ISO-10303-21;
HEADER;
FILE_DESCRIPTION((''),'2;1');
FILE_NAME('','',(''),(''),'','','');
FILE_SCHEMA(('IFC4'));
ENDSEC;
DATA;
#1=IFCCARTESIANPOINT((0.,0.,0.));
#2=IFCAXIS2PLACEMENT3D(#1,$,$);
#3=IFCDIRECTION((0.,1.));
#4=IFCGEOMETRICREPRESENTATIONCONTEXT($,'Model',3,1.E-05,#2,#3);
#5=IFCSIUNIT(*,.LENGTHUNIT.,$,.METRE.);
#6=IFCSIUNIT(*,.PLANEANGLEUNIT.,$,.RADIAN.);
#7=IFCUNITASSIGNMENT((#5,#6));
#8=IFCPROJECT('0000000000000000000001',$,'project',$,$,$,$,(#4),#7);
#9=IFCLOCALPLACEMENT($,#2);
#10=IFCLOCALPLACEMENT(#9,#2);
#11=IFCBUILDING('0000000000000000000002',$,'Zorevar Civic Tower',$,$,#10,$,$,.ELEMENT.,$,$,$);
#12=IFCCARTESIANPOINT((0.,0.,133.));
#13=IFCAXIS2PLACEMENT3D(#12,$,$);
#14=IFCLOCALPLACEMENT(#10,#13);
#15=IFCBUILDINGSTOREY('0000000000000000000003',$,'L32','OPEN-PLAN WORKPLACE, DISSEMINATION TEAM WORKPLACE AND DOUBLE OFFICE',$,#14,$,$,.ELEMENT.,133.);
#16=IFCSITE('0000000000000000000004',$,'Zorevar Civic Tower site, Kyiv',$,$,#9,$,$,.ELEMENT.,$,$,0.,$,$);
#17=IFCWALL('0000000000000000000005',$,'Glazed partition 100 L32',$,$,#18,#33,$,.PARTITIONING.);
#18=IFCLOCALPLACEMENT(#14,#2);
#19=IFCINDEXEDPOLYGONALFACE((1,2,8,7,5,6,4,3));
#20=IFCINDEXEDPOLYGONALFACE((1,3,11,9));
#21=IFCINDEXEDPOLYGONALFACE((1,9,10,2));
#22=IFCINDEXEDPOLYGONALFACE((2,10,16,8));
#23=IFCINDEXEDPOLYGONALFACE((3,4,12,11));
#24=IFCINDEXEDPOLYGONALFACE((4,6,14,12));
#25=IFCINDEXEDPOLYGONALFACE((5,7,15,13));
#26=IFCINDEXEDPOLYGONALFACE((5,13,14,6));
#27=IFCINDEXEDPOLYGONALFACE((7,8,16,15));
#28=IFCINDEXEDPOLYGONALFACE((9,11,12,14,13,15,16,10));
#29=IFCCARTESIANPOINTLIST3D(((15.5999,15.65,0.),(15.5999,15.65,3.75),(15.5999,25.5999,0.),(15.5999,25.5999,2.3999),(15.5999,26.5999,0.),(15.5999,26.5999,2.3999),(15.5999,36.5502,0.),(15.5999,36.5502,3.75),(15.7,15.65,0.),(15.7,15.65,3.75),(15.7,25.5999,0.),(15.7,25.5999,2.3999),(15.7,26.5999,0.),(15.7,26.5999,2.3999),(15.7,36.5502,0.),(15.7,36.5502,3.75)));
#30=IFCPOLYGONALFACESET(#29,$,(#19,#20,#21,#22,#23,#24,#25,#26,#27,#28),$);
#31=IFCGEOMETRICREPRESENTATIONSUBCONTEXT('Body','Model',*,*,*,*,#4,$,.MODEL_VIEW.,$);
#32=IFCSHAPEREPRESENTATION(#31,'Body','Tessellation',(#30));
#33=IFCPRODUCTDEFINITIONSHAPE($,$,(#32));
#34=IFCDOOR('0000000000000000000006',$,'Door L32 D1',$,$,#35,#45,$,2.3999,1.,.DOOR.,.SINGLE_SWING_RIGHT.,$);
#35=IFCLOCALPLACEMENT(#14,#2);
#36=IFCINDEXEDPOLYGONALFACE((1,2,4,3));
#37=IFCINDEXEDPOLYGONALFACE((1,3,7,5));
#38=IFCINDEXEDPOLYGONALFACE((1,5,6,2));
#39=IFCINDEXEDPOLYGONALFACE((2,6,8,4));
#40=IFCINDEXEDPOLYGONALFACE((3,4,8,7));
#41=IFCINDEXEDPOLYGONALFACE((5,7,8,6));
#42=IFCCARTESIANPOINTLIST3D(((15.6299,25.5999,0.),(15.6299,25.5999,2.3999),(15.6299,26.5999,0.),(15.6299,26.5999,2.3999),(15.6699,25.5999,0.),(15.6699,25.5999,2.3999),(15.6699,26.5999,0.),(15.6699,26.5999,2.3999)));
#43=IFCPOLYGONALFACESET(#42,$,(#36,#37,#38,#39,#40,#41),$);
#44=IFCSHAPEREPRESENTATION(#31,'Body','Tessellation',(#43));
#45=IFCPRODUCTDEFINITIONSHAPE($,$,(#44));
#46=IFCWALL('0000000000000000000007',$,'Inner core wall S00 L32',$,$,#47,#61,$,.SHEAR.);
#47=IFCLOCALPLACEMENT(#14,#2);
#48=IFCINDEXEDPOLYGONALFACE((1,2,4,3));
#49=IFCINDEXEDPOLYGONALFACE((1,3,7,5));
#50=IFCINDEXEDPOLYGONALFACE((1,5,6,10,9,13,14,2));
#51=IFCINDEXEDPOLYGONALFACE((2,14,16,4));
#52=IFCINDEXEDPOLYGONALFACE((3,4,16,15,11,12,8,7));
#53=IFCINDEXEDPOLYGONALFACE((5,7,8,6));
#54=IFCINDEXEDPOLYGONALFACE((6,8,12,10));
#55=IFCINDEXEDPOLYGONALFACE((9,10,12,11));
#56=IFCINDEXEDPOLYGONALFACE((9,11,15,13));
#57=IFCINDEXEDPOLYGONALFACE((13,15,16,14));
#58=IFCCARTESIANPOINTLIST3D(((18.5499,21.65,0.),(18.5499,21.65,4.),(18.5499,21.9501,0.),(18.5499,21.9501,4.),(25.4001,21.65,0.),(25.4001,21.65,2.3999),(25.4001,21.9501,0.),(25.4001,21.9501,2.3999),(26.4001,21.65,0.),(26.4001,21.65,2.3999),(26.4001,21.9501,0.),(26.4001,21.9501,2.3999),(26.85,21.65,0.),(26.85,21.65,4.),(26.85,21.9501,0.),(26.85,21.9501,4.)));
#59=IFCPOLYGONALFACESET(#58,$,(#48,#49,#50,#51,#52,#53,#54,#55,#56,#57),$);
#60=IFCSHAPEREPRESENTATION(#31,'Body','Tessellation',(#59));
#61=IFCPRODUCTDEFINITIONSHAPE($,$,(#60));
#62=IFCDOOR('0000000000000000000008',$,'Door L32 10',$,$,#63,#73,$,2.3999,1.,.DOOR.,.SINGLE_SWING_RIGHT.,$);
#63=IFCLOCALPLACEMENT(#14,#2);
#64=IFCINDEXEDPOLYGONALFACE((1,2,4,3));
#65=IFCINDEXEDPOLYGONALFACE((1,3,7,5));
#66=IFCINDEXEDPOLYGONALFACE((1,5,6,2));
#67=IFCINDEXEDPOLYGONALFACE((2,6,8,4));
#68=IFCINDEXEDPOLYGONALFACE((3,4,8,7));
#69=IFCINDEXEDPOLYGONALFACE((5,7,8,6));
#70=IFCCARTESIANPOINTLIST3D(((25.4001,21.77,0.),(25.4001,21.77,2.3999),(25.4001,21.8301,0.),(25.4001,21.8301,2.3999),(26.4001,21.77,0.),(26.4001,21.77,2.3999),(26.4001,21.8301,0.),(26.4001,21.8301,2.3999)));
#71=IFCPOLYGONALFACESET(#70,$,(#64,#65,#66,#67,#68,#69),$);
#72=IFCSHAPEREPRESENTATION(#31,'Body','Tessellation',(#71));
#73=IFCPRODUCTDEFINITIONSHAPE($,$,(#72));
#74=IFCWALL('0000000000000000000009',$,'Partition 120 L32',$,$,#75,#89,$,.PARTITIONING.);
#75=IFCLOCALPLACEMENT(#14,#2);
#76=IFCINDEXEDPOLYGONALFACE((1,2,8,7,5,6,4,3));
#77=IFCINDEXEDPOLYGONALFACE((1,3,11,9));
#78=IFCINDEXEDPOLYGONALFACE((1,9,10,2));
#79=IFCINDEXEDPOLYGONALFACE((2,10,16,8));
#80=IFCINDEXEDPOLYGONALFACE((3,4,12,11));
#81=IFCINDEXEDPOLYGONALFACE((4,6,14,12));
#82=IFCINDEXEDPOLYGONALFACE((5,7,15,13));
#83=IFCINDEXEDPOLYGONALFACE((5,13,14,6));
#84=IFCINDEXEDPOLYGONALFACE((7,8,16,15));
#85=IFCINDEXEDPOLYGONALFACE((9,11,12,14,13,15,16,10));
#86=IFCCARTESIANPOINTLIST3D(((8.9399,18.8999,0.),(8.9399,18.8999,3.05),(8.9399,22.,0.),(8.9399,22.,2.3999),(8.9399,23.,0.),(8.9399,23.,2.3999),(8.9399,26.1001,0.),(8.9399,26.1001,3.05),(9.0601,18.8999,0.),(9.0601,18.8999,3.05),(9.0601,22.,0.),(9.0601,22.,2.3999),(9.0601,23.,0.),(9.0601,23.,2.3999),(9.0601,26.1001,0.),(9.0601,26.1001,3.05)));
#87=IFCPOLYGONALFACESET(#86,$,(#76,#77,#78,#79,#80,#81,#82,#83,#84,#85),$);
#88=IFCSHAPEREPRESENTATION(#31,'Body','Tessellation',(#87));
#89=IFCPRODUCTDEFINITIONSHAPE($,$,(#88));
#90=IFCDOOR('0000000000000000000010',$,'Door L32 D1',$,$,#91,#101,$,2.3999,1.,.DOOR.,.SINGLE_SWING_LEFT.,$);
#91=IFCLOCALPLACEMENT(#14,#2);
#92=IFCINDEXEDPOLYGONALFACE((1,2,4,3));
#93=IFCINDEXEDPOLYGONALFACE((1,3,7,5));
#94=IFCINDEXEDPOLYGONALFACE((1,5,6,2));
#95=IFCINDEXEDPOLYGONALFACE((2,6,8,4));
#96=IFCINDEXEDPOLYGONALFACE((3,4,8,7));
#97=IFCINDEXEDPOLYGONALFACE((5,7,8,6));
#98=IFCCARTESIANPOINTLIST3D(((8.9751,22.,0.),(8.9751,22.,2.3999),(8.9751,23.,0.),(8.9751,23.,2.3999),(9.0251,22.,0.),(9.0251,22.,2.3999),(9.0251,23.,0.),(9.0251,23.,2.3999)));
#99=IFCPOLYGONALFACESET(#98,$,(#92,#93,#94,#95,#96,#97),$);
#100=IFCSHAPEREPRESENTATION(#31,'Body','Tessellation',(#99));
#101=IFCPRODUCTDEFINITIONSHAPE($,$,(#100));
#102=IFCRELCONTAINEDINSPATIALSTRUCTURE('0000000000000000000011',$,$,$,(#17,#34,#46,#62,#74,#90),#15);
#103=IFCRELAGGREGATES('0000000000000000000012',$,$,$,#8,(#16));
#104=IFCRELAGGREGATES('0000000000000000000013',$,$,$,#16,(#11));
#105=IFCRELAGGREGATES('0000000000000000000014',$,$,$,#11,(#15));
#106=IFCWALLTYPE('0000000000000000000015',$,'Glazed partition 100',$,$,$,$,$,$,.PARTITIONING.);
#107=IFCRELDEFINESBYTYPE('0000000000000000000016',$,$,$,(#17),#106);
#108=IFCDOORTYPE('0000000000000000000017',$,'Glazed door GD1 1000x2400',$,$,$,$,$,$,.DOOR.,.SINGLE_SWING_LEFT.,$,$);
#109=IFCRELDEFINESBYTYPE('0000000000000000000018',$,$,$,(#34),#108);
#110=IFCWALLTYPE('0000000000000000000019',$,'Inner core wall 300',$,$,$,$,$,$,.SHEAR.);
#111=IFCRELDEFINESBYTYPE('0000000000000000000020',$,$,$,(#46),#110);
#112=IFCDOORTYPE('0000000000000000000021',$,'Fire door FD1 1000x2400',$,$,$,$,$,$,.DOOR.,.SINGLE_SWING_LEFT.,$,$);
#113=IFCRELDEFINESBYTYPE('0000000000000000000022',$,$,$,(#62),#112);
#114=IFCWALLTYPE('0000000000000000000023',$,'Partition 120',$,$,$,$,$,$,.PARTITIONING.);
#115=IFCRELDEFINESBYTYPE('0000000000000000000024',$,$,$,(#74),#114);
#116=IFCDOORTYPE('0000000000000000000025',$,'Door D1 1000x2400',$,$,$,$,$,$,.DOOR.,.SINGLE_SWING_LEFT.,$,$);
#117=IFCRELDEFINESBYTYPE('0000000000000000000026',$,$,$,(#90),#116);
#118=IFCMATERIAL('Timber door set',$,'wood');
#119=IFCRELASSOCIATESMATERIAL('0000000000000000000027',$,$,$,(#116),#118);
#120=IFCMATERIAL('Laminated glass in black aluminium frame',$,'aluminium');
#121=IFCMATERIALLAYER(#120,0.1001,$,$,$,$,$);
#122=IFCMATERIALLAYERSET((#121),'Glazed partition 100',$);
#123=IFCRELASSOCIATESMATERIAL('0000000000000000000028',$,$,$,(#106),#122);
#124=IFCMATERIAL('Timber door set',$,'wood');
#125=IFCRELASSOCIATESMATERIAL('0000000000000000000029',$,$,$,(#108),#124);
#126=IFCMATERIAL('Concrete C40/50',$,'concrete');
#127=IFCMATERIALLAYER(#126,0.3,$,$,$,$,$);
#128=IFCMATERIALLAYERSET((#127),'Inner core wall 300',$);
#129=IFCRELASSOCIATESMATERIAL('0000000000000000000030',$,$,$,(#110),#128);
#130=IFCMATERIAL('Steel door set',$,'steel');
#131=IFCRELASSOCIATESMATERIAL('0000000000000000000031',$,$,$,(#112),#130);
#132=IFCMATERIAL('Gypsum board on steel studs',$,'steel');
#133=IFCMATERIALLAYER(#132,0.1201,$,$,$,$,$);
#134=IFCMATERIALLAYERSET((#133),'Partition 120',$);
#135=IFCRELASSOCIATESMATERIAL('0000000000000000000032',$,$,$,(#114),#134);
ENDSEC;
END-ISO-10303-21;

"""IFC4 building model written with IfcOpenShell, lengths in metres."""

from ifc_helpers import new_model, si_unit, direction, frame, frame_2d, origin, place, context, subcontext, project, spatial, rectangle, extrude, material, layer, layer_set, type_object, element, fill, save


model = new_model("IFC4")

# Units and contexts
model_context = context("Model", 3, precision=1e-05, world=origin(), true_north=direction((0.0, 1.0)))
body_context = subcontext(model_context, "Body", "Model", "MODEL_VIEW")
ifc_project = project(units=[si_unit("LENGTHUNIT", "METRE"), si_unit("PLANEANGLEUNIT", "RADIAN")], contexts=[model_context])

# Site, building, storey
site_placement = place(None, origin())
site = spatial("IfcSite", under=ifc_project, at=site_placement, Name="Zorevar Civic Tower site, Kyiv", CompositionType="ELEMENT", RefElevation=0.0)
building_placement = place(site_placement, origin())
building = spatial("IfcBuilding", under=site, at=building_placement, Name="Zorevar Civic Tower", CompositionType="ELEMENT")
storey_placement = place(building_placement, frame((0.0, 0.0, 133.0)))
storey = spatial("IfcBuildingStorey", under=building, at=storey_placement, Name="L32", Description="OPEN-PLAN WORKPLACE, DISSEMINATION TEAM WORKPLACE AND DOUBLE OFFICE", CompositionType="ELEMENT", Elevation=133.0)

# Shared definitions
ifc_material_1 = material(Name="Timber door set", Category="wood")
door_type_1 = type_object("IfcDoorType", Name="Door D1 1000x2400", OperationType="SINGLE_SWING_LEFT", PredefinedType="DOOR", material=ifc_material_1)

# Shared definitions
ifc_material_2 = material(Name="Laminated glass in black aluminium frame", Category="aluminium")
ifc_layer_1 = layer(ifc_material_2, 0.1001)
ifc_layer_set_1 = layer_set([ifc_layer_1], Name="Glazed partition 100")
wall_type_1 = type_object("IfcWallType", Name="Glazed partition 100", PredefinedType="PARTITIONING", material=ifc_layer_set_1)

# Walls, openings, doors
wall_1_placement = place(storey_placement, frame((15.6499, 15.6499, 0.0), z_axis=(0.0, 0.0, 1.0), x_axis=(0.0, 1.0, 0.0)))
wall_1 = element("IfcWall", 1, at=wall_1_placement, inside=storey, type_object=wall_type_1, Name="Glazed partition 100 L32", PredefinedType="PARTITIONING", context=body_context, shape_type="SweptSolid", body=[
    extrude(rectangle(XDim=20.9001, YDim=0.1001, at=frame_2d((10.4502, 0.0))), origin(), (0.0, 0.0, 1.0), 3.75),
])
opening_1_placement = place(wall_1_placement, frame((9.95, 0.0, 0.0)))
opening_1 = element("IfcOpeningElement", 2, at=opening_1_placement, cuts=wall_1, PredefinedType="OPENING", context=body_context, shape_type="SweptSolid", body=[
    extrude(rectangle(XDim=1.0, YDim=2.3999, at=frame_2d((0.5, 1.2))), frame((0.0, 0.0601, 0.0), z_axis=(0.0, -1.0, 0.0), x_axis=(1.0, 0.0, 0.0)), (0.0, 0.0, 1.0), 0.1201),
])
ifc_material_3 = material(Name="Timber door set", Category="wood")
door_type_2 = type_object("IfcDoorType", Name="Glazed door GD1 1000x2400", OperationType="SINGLE_SWING_LEFT", PredefinedType="DOOR", material=ifc_material_3)
door_1_placement = place(opening_1_placement, origin())
door_1 = element("IfcDoor", 3, at=door_1_placement, inside=storey, type_object=door_type_2, Name="Door L32 D1", OperationType="SINGLE_SWING_RIGHT", OverallHeight=2.3999, OverallWidth=1.0, PredefinedType="DOOR", context=body_context, shape_type="SweptSolid", body=[
    extrude(rectangle(XDim=1.0, YDim=2.3999, at=frame_2d((0.5, 1.2))), frame((0.0, 0.02, 0.0), z_axis=(0.0, -1.0, 0.0), x_axis=(1.0, 0.0, 0.0)), (0.0, 0.0, 1.0), 0.04),
])
fill(opening_1, door_1)
ifc_material_4 = material(Name="Concrete C40/50", Category="concrete")
ifc_layer_2 = layer(ifc_material_4, 0.3)
ifc_layer_set_2 = layer_set([ifc_layer_2], Name="Inner core wall 300")
wall_type_2 = type_object("IfcWallType", Name="Inner core wall 300", PredefinedType="SHEAR", material=ifc_layer_set_2)
wall_2_placement = place(storey_placement, frame((18.55, 21.8, 0.0), z_axis=(0.0, 0.0, 1.0), x_axis=(1.0, 0.0, 0.0)))
wall_2 = element("IfcWall", 4, at=wall_2_placement, inside=storey, type_object=wall_type_2, Name="Inner core wall S00 L32", PredefinedType="SHEAR", context=body_context, shape_type="SweptSolid", body=[
    extrude(rectangle(XDim=8.3, YDim=0.3, at=frame_2d((4.1499, 0.0))), origin(), (0.0, 0.0, 1.0), 4.0),
])
opening_2_placement = place(wall_2_placement, frame((6.8501, 0.0, 0.0)))
opening_2 = element("IfcOpeningElement", 5, at=opening_2_placement, cuts=wall_2, PredefinedType="OPENING", context=body_context, shape_type="SweptSolid", body=[
    extrude(rectangle(XDim=1.0, YDim=2.3999, at=frame_2d((0.5, 1.2))), frame((0.0, 0.1599, 0.0), z_axis=(0.0, -1.0, 0.0), x_axis=(1.0, 0.0, 0.0)), (0.0, 0.0, 1.0), 0.3201),
])
ifc_material_5 = material(Name="Steel door set", Category="steel")
door_type_3 = type_object("IfcDoorType", Name="Fire door FD1 1000x2400", OperationType="SINGLE_SWING_LEFT", PredefinedType="DOOR", material=ifc_material_5)
door_2_placement = place(opening_2_placement, origin())
door_2 = element("IfcDoor", 6, at=door_2_placement, inside=storey, type_object=door_type_3, Name="Door L32 10", OperationType="SINGLE_SWING_RIGHT", OverallHeight=2.3999, OverallWidth=1.0, PredefinedType="DOOR", context=body_context, shape_type="SweptSolid", body=[
    extrude(rectangle(XDim=1.0, YDim=2.3999, at=frame_2d((0.5, 1.2))), frame((0.0, 0.03, 0.0), z_axis=(0.0, -1.0, 0.0), x_axis=(1.0, 0.0, 0.0)), (0.0, 0.0, 1.0), 0.0601),
])
fill(opening_2, door_2)
ifc_material_6 = material(Name="Gypsum board on steel studs", Category="steel")
ifc_layer_3 = layer(ifc_material_6, 0.1201)
ifc_layer_set_3 = layer_set([ifc_layer_3], Name="Partition 120")
wall_type_3 = type_object("IfcWallType", Name="Partition 120", PredefinedType="PARTITIONING", material=ifc_layer_set_3)
wall_3_placement = place(storey_placement, frame((9.0, 18.8999, 0.0), z_axis=(0.0, 0.0, 1.0), x_axis=(0.0, 1.0, 0.0)))
wall_3 = element("IfcWall", 7, at=wall_3_placement, inside=storey, type_object=wall_type_3, Name="Partition 120 L32", PredefinedType="PARTITIONING", context=body_context, shape_type="SweptSolid", body=[
    extrude(rectangle(XDim=7.2002, YDim=0.1201, at=frame_2d((3.6001, 0.0))), origin(), (0.0, 0.0, 1.0), 3.05),
])
opening_3_placement = place(wall_3_placement, frame((3.1001, 0.0, 0.0)))
opening_3 = element("IfcOpeningElement", 8, at=opening_3_placement, cuts=wall_3, PredefinedType="OPENING", context=body_context, shape_type="SweptSolid", body=[
    extrude(rectangle(XDim=1.0, YDim=2.3999, at=frame_2d((0.5, 1.2))), frame((0.0, 0.0701, 0.0), z_axis=(0.0, -1.0, 0.0), x_axis=(1.0, 0.0, 0.0)), (0.0, 0.0, 1.0), 0.1401),
])
door_3_placement = place(opening_3_placement, origin())
door_3 = element("IfcDoor", 9, at=door_3_placement, inside=storey, type_object=door_type_1, Name="Door L32 D1", OperationType="SINGLE_SWING_LEFT", OverallHeight=2.3999, OverallWidth=1.0, PredefinedType="DOOR", context=body_context, shape_type="SweptSolid", body=[
    extrude(rectangle(XDim=1.0, YDim=2.3999, at=frame_2d((0.5, 1.2))), frame((0.0, 0.0249, 0.0), z_axis=(0.0, -1.0, 0.0), x_axis=(1.0, 0.0, 0.0)), (0.0, 0.0, 1.0), 0.05),
])
fill(opening_3, door_3)

save(model, "model.ifc")
